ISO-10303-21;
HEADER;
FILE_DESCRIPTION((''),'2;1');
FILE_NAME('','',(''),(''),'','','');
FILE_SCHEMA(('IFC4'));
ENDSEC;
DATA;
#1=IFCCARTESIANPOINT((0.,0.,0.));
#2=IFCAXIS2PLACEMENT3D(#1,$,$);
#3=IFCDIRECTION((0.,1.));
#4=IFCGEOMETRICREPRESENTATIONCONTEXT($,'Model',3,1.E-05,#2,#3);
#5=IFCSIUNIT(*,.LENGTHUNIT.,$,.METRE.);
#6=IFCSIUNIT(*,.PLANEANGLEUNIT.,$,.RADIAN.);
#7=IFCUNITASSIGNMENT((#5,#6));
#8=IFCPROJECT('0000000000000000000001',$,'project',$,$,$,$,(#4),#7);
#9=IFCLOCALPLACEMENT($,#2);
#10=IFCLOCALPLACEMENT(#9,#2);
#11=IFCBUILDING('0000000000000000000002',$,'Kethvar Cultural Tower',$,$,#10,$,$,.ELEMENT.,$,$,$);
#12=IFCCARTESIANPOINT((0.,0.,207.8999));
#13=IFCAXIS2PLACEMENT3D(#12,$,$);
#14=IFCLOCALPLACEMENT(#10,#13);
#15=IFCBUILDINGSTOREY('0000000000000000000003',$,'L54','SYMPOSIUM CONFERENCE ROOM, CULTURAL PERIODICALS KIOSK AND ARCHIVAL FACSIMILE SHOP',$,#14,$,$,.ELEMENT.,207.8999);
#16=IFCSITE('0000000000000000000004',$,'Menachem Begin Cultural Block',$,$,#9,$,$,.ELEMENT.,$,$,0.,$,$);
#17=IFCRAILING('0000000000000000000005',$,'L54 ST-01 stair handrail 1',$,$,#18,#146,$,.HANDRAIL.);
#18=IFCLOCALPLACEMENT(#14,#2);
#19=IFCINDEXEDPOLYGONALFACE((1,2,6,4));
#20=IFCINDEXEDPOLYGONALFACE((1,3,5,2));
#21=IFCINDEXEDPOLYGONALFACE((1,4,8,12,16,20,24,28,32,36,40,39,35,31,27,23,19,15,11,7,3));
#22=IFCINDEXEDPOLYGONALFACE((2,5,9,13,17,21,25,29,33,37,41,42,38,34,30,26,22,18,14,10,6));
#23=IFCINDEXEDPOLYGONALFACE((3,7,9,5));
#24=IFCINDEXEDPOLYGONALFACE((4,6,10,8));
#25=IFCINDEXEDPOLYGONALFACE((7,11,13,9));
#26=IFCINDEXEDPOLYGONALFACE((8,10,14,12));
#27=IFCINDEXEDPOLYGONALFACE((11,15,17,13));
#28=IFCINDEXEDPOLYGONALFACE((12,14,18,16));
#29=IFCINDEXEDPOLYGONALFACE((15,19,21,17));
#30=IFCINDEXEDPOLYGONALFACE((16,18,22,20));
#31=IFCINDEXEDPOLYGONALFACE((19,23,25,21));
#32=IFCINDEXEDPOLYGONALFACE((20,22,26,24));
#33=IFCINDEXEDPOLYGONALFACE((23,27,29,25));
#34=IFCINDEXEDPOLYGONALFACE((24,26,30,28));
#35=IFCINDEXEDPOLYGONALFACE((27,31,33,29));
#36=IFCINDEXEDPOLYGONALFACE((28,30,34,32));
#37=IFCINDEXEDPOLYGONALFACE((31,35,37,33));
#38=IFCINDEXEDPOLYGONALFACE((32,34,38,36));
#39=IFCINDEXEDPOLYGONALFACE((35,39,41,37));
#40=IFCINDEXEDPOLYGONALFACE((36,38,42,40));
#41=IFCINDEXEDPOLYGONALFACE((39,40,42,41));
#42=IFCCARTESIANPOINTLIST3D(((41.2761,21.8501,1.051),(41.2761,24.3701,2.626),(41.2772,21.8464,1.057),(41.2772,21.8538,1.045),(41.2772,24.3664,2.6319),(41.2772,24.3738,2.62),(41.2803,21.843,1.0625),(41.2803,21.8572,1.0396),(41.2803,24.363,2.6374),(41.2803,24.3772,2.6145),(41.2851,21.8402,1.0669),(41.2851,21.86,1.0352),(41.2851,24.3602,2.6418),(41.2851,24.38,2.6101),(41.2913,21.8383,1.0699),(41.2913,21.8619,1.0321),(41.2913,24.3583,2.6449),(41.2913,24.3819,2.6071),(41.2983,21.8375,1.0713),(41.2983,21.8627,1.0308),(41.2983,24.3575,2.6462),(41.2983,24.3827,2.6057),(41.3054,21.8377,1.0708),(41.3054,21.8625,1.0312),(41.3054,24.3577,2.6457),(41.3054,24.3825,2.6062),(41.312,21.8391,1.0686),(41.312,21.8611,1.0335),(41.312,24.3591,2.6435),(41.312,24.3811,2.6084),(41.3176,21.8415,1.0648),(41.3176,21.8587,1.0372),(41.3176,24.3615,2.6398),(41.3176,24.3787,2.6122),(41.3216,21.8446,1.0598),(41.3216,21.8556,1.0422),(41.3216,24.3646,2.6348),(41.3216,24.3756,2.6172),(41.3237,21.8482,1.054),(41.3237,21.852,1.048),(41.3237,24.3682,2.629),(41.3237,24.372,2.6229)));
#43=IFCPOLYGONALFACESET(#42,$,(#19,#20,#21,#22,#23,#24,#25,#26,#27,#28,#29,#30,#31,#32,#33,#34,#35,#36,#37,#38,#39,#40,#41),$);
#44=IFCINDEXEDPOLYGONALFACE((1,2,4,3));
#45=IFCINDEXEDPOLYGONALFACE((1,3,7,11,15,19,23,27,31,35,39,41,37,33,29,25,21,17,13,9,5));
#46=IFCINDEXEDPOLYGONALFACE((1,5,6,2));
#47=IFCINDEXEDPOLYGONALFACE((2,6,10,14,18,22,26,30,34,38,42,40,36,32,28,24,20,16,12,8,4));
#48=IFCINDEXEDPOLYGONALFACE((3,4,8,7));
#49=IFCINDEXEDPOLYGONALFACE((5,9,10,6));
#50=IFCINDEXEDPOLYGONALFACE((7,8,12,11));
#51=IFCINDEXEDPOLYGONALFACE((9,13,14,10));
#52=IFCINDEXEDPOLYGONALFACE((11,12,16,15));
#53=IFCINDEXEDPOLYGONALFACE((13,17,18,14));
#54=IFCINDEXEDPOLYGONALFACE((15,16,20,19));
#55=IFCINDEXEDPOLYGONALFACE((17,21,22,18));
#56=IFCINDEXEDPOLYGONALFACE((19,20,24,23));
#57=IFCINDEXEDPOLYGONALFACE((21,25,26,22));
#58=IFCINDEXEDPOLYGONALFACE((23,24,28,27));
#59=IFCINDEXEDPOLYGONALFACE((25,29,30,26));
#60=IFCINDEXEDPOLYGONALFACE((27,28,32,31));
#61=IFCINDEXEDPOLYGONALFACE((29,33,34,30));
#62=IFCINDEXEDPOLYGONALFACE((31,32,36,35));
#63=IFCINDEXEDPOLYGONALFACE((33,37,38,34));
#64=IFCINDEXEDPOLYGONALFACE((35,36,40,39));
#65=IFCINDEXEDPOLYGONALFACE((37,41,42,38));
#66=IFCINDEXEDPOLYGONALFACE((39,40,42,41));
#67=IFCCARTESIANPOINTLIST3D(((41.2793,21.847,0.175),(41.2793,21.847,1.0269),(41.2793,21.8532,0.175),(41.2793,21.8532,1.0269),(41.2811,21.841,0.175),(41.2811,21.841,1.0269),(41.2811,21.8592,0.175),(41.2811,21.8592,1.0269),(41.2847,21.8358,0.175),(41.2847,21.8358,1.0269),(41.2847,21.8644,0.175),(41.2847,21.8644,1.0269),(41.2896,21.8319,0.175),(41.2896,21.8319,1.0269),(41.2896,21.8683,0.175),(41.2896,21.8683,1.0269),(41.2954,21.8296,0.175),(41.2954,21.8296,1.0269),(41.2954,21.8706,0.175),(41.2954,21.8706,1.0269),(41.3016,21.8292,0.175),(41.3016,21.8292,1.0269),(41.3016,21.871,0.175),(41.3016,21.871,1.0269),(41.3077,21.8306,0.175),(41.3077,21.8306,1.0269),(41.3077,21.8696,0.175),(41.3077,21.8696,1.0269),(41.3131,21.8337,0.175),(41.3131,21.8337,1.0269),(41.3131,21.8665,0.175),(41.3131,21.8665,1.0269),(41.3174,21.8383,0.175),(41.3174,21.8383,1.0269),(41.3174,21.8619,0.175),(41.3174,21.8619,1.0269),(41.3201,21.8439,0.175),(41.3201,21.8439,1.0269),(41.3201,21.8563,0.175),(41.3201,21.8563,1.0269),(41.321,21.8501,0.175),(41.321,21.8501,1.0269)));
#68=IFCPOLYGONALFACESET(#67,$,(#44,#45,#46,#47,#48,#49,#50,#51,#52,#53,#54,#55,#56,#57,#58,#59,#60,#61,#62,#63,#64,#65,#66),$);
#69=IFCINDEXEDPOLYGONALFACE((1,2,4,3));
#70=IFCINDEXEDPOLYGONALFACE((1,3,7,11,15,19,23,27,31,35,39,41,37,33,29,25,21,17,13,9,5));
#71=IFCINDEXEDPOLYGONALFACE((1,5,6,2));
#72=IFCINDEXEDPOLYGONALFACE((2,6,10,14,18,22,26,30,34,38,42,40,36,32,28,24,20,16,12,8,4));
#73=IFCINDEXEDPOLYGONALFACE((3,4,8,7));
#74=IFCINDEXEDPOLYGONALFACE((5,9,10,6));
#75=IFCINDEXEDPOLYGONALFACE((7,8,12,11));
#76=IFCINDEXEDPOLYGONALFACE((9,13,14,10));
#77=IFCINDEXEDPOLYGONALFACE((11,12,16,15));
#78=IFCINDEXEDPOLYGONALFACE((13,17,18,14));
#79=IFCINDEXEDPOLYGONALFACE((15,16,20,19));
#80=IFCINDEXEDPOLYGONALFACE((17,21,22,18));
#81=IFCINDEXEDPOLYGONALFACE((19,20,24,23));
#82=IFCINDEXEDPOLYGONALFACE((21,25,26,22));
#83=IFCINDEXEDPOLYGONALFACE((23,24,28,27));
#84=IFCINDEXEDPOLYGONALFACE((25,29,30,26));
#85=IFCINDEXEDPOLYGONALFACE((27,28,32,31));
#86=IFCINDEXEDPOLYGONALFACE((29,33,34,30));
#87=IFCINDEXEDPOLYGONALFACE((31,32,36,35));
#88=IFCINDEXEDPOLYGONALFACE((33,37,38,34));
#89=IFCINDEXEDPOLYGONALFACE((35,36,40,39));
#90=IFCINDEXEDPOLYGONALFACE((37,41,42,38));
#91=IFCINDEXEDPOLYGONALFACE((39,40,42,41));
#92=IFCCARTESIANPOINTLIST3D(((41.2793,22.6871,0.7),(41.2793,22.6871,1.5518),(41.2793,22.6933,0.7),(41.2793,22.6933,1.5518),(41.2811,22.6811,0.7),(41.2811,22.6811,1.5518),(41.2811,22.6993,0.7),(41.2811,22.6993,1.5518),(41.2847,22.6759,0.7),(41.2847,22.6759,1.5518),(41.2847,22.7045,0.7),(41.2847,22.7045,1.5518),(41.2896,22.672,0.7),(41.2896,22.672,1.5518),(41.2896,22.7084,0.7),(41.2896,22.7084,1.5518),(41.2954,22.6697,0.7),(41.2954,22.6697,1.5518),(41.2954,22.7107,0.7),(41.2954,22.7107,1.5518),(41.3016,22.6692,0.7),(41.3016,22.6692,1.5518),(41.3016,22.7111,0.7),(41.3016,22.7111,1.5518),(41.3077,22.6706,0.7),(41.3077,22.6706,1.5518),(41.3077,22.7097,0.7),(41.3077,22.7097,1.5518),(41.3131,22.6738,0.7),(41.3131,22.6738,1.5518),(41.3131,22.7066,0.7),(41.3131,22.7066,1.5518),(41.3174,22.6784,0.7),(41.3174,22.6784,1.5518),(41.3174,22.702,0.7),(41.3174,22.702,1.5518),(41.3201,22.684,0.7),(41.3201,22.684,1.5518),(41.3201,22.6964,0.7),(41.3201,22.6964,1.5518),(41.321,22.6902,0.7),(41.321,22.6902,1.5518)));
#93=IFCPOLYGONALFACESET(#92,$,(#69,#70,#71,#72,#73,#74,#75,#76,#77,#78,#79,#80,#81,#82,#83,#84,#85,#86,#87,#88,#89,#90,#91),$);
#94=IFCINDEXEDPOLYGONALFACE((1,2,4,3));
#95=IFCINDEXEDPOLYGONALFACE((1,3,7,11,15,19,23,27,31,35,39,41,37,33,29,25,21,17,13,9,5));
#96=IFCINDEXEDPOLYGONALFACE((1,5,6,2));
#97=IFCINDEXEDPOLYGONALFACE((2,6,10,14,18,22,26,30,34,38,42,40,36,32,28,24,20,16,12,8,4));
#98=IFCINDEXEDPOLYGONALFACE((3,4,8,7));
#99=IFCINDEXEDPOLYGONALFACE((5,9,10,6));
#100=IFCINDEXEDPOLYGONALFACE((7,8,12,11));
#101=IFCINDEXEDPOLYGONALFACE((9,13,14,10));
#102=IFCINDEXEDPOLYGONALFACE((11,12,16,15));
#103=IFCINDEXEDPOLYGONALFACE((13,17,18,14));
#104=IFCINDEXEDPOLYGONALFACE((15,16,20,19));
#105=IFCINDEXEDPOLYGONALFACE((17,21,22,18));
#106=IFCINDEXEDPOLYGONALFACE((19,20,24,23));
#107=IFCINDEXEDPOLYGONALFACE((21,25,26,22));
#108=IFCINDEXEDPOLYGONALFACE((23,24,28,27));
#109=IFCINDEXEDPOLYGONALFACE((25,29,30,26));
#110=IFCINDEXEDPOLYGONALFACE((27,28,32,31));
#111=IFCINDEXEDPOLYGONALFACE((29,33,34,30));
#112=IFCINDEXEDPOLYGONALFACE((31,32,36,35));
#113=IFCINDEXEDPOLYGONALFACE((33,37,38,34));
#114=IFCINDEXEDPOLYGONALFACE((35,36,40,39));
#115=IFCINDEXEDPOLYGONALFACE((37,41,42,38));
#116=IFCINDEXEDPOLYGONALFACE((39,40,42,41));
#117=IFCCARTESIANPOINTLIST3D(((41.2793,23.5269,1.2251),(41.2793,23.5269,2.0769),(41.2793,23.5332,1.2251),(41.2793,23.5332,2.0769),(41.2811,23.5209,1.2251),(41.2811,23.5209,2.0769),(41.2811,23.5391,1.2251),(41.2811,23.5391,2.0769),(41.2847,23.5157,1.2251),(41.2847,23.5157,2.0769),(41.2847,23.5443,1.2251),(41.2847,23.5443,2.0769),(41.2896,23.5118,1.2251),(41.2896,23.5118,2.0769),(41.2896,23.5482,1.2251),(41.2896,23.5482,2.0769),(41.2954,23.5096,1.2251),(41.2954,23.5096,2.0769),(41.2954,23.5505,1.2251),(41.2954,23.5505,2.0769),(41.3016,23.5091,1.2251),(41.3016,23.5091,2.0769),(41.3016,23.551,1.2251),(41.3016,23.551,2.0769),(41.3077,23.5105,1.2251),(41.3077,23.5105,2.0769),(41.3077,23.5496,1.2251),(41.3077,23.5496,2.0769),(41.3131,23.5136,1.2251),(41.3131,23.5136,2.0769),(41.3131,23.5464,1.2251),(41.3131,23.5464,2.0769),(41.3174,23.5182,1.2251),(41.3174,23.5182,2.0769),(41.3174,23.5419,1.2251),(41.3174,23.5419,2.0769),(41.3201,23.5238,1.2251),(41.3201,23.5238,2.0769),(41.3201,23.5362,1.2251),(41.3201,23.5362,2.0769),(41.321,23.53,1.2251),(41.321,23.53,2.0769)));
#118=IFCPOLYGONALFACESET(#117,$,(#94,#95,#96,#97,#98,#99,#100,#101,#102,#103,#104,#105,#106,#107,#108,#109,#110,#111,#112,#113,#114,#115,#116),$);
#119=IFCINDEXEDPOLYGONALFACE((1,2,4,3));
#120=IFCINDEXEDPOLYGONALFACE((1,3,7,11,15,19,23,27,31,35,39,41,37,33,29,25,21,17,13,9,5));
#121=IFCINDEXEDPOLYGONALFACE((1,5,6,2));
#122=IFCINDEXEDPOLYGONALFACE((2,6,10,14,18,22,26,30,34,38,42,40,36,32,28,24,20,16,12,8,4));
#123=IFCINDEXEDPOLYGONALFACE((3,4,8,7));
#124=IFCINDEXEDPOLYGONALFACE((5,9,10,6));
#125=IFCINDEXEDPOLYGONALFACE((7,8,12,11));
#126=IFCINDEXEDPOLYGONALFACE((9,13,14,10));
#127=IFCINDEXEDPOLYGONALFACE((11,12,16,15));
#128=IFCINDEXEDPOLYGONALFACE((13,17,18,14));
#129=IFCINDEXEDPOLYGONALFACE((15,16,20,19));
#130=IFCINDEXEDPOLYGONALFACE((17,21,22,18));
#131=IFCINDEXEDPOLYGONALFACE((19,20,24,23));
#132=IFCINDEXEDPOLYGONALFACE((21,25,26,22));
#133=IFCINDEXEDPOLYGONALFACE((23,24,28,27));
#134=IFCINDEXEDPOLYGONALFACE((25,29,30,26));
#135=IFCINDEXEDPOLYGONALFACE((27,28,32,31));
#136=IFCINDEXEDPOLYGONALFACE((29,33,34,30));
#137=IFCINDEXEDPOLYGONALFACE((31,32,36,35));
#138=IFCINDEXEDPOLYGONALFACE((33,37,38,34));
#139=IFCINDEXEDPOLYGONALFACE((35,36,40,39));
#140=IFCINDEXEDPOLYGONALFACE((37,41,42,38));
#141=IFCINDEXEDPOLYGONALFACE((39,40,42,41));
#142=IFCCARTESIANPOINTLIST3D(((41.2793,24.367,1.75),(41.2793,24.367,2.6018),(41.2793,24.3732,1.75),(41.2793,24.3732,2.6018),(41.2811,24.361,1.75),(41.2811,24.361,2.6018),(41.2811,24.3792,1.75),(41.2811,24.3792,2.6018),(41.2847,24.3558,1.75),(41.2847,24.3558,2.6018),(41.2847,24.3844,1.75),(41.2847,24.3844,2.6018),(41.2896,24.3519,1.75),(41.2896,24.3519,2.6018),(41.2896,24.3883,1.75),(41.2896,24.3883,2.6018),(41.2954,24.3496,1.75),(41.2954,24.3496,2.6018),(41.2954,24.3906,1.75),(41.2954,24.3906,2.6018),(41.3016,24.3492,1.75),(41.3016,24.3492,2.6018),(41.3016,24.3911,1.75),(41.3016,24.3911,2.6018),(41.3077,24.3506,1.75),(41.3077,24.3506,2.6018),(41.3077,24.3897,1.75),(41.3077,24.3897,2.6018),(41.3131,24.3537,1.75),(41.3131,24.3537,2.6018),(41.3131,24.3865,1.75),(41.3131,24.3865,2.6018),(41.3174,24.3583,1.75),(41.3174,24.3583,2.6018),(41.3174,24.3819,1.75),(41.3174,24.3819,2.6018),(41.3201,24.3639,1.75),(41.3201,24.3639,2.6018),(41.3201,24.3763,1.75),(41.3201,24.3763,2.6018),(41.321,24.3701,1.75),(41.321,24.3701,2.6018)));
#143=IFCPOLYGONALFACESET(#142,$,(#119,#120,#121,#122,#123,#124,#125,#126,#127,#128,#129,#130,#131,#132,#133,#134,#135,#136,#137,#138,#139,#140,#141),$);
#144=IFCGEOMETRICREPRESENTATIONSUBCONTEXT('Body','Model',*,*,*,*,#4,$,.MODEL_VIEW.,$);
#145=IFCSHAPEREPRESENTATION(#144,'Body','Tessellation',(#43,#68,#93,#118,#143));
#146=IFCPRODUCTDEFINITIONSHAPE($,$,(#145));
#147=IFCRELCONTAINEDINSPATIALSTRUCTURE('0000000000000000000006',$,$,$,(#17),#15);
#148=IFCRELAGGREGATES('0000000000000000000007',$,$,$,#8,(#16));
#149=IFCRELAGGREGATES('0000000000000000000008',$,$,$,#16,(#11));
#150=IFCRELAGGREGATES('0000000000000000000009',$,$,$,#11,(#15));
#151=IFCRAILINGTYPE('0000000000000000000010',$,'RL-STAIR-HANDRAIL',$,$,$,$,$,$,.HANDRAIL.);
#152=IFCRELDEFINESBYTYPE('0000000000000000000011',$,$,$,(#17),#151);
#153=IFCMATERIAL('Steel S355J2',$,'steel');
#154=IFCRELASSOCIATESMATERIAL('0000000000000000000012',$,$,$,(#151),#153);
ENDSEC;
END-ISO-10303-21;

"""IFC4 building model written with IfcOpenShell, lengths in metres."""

from ifc_helpers import new_model, si_unit, direction, frame, origin, origin_2d, place, context, subcontext, project, spatial, circle, extrude, material, type_object, element, save


model = new_model("IFC4")

# Units and contexts
model_context = context("Model", 3, precision=1e-05, world=origin(), true_north=direction((0.0, 1.0)))
body_context = subcontext(model_context, "Body", "Model", "MODEL_VIEW")
ifc_project = project(units=[si_unit("LENGTHUNIT", "METRE"), si_unit("PLANEANGLEUNIT", "RADIAN")], contexts=[model_context])

# Site, building, storey
site_placement = place(None, origin())
site = spatial("IfcSite", under=ifc_project, at=site_placement, Name="Menachem Begin Cultural Block", CompositionType="ELEMENT", RefElevation=0.0)
building_placement = place(site_placement, origin())
building = spatial("IfcBuilding", under=site, at=building_placement, Name="Kethvar Cultural Tower", CompositionType="ELEMENT")
storey_placement = place(building_placement, frame((0.0, 0.0, 207.8999)))
storey = spatial("IfcBuildingStorey", under=building, at=storey_placement, Name="L54", Description="SYMPOSIUM CONFERENCE ROOM, CULTURAL PERIODICALS KIOSK AND ARCHIVAL FACSIMILE SHOP", CompositionType="ELEMENT", Elevation=207.8999)

# Shared definitions
ifc_material_1 = material(Name="Steel S355J2", Category="steel")

# Railing
railing_type_1 = type_object("IfcRailingType", Name="RL-STAIR-HANDRAIL", PredefinedType="HANDRAIL", material=ifc_material_1)
railing_1_placement = place(storey_placement, frame((41.3, 21.8501, 0.175)))
element("IfcRailing", 1, at=railing_1_placement, inside=storey, type_object=railing_type_1, Name="L54 ST-01 stair handrail 1", PredefinedType="HANDRAIL", context=body_context, shape_type="SweptSolid", body=[
    extrude(circle(Radius=0.0239, at=origin_2d()), frame((0.0, 0.0, 0.876), z_axis=(0.0, 0.848008, 0.529984), x_axis=(-1.0, 0.0, 0.0)), (0.0, 0.0, 1.0), 2.9717),
    extrude(circle(Radius=0.021, at=origin_2d()), origin(), (0.0, 0.0, 1.0), 0.8518),
    extrude(circle(Radius=0.021, at=origin_2d()), frame((0.0, 0.8401, 0.5249)), (0.0, 0.0, 1.0), 0.8518),
    extrude(circle(Radius=0.021, at=origin_2d()), frame((0.0, 1.6799, 1.05)), (0.0, 0.0, 1.0), 0.8518),
    extrude(circle(Radius=0.021, at=origin_2d()), frame((0.0, 2.52, 1.575)), (0.0, 0.0, 1.0), 0.8518),
])

save(model, "model.ifc")
